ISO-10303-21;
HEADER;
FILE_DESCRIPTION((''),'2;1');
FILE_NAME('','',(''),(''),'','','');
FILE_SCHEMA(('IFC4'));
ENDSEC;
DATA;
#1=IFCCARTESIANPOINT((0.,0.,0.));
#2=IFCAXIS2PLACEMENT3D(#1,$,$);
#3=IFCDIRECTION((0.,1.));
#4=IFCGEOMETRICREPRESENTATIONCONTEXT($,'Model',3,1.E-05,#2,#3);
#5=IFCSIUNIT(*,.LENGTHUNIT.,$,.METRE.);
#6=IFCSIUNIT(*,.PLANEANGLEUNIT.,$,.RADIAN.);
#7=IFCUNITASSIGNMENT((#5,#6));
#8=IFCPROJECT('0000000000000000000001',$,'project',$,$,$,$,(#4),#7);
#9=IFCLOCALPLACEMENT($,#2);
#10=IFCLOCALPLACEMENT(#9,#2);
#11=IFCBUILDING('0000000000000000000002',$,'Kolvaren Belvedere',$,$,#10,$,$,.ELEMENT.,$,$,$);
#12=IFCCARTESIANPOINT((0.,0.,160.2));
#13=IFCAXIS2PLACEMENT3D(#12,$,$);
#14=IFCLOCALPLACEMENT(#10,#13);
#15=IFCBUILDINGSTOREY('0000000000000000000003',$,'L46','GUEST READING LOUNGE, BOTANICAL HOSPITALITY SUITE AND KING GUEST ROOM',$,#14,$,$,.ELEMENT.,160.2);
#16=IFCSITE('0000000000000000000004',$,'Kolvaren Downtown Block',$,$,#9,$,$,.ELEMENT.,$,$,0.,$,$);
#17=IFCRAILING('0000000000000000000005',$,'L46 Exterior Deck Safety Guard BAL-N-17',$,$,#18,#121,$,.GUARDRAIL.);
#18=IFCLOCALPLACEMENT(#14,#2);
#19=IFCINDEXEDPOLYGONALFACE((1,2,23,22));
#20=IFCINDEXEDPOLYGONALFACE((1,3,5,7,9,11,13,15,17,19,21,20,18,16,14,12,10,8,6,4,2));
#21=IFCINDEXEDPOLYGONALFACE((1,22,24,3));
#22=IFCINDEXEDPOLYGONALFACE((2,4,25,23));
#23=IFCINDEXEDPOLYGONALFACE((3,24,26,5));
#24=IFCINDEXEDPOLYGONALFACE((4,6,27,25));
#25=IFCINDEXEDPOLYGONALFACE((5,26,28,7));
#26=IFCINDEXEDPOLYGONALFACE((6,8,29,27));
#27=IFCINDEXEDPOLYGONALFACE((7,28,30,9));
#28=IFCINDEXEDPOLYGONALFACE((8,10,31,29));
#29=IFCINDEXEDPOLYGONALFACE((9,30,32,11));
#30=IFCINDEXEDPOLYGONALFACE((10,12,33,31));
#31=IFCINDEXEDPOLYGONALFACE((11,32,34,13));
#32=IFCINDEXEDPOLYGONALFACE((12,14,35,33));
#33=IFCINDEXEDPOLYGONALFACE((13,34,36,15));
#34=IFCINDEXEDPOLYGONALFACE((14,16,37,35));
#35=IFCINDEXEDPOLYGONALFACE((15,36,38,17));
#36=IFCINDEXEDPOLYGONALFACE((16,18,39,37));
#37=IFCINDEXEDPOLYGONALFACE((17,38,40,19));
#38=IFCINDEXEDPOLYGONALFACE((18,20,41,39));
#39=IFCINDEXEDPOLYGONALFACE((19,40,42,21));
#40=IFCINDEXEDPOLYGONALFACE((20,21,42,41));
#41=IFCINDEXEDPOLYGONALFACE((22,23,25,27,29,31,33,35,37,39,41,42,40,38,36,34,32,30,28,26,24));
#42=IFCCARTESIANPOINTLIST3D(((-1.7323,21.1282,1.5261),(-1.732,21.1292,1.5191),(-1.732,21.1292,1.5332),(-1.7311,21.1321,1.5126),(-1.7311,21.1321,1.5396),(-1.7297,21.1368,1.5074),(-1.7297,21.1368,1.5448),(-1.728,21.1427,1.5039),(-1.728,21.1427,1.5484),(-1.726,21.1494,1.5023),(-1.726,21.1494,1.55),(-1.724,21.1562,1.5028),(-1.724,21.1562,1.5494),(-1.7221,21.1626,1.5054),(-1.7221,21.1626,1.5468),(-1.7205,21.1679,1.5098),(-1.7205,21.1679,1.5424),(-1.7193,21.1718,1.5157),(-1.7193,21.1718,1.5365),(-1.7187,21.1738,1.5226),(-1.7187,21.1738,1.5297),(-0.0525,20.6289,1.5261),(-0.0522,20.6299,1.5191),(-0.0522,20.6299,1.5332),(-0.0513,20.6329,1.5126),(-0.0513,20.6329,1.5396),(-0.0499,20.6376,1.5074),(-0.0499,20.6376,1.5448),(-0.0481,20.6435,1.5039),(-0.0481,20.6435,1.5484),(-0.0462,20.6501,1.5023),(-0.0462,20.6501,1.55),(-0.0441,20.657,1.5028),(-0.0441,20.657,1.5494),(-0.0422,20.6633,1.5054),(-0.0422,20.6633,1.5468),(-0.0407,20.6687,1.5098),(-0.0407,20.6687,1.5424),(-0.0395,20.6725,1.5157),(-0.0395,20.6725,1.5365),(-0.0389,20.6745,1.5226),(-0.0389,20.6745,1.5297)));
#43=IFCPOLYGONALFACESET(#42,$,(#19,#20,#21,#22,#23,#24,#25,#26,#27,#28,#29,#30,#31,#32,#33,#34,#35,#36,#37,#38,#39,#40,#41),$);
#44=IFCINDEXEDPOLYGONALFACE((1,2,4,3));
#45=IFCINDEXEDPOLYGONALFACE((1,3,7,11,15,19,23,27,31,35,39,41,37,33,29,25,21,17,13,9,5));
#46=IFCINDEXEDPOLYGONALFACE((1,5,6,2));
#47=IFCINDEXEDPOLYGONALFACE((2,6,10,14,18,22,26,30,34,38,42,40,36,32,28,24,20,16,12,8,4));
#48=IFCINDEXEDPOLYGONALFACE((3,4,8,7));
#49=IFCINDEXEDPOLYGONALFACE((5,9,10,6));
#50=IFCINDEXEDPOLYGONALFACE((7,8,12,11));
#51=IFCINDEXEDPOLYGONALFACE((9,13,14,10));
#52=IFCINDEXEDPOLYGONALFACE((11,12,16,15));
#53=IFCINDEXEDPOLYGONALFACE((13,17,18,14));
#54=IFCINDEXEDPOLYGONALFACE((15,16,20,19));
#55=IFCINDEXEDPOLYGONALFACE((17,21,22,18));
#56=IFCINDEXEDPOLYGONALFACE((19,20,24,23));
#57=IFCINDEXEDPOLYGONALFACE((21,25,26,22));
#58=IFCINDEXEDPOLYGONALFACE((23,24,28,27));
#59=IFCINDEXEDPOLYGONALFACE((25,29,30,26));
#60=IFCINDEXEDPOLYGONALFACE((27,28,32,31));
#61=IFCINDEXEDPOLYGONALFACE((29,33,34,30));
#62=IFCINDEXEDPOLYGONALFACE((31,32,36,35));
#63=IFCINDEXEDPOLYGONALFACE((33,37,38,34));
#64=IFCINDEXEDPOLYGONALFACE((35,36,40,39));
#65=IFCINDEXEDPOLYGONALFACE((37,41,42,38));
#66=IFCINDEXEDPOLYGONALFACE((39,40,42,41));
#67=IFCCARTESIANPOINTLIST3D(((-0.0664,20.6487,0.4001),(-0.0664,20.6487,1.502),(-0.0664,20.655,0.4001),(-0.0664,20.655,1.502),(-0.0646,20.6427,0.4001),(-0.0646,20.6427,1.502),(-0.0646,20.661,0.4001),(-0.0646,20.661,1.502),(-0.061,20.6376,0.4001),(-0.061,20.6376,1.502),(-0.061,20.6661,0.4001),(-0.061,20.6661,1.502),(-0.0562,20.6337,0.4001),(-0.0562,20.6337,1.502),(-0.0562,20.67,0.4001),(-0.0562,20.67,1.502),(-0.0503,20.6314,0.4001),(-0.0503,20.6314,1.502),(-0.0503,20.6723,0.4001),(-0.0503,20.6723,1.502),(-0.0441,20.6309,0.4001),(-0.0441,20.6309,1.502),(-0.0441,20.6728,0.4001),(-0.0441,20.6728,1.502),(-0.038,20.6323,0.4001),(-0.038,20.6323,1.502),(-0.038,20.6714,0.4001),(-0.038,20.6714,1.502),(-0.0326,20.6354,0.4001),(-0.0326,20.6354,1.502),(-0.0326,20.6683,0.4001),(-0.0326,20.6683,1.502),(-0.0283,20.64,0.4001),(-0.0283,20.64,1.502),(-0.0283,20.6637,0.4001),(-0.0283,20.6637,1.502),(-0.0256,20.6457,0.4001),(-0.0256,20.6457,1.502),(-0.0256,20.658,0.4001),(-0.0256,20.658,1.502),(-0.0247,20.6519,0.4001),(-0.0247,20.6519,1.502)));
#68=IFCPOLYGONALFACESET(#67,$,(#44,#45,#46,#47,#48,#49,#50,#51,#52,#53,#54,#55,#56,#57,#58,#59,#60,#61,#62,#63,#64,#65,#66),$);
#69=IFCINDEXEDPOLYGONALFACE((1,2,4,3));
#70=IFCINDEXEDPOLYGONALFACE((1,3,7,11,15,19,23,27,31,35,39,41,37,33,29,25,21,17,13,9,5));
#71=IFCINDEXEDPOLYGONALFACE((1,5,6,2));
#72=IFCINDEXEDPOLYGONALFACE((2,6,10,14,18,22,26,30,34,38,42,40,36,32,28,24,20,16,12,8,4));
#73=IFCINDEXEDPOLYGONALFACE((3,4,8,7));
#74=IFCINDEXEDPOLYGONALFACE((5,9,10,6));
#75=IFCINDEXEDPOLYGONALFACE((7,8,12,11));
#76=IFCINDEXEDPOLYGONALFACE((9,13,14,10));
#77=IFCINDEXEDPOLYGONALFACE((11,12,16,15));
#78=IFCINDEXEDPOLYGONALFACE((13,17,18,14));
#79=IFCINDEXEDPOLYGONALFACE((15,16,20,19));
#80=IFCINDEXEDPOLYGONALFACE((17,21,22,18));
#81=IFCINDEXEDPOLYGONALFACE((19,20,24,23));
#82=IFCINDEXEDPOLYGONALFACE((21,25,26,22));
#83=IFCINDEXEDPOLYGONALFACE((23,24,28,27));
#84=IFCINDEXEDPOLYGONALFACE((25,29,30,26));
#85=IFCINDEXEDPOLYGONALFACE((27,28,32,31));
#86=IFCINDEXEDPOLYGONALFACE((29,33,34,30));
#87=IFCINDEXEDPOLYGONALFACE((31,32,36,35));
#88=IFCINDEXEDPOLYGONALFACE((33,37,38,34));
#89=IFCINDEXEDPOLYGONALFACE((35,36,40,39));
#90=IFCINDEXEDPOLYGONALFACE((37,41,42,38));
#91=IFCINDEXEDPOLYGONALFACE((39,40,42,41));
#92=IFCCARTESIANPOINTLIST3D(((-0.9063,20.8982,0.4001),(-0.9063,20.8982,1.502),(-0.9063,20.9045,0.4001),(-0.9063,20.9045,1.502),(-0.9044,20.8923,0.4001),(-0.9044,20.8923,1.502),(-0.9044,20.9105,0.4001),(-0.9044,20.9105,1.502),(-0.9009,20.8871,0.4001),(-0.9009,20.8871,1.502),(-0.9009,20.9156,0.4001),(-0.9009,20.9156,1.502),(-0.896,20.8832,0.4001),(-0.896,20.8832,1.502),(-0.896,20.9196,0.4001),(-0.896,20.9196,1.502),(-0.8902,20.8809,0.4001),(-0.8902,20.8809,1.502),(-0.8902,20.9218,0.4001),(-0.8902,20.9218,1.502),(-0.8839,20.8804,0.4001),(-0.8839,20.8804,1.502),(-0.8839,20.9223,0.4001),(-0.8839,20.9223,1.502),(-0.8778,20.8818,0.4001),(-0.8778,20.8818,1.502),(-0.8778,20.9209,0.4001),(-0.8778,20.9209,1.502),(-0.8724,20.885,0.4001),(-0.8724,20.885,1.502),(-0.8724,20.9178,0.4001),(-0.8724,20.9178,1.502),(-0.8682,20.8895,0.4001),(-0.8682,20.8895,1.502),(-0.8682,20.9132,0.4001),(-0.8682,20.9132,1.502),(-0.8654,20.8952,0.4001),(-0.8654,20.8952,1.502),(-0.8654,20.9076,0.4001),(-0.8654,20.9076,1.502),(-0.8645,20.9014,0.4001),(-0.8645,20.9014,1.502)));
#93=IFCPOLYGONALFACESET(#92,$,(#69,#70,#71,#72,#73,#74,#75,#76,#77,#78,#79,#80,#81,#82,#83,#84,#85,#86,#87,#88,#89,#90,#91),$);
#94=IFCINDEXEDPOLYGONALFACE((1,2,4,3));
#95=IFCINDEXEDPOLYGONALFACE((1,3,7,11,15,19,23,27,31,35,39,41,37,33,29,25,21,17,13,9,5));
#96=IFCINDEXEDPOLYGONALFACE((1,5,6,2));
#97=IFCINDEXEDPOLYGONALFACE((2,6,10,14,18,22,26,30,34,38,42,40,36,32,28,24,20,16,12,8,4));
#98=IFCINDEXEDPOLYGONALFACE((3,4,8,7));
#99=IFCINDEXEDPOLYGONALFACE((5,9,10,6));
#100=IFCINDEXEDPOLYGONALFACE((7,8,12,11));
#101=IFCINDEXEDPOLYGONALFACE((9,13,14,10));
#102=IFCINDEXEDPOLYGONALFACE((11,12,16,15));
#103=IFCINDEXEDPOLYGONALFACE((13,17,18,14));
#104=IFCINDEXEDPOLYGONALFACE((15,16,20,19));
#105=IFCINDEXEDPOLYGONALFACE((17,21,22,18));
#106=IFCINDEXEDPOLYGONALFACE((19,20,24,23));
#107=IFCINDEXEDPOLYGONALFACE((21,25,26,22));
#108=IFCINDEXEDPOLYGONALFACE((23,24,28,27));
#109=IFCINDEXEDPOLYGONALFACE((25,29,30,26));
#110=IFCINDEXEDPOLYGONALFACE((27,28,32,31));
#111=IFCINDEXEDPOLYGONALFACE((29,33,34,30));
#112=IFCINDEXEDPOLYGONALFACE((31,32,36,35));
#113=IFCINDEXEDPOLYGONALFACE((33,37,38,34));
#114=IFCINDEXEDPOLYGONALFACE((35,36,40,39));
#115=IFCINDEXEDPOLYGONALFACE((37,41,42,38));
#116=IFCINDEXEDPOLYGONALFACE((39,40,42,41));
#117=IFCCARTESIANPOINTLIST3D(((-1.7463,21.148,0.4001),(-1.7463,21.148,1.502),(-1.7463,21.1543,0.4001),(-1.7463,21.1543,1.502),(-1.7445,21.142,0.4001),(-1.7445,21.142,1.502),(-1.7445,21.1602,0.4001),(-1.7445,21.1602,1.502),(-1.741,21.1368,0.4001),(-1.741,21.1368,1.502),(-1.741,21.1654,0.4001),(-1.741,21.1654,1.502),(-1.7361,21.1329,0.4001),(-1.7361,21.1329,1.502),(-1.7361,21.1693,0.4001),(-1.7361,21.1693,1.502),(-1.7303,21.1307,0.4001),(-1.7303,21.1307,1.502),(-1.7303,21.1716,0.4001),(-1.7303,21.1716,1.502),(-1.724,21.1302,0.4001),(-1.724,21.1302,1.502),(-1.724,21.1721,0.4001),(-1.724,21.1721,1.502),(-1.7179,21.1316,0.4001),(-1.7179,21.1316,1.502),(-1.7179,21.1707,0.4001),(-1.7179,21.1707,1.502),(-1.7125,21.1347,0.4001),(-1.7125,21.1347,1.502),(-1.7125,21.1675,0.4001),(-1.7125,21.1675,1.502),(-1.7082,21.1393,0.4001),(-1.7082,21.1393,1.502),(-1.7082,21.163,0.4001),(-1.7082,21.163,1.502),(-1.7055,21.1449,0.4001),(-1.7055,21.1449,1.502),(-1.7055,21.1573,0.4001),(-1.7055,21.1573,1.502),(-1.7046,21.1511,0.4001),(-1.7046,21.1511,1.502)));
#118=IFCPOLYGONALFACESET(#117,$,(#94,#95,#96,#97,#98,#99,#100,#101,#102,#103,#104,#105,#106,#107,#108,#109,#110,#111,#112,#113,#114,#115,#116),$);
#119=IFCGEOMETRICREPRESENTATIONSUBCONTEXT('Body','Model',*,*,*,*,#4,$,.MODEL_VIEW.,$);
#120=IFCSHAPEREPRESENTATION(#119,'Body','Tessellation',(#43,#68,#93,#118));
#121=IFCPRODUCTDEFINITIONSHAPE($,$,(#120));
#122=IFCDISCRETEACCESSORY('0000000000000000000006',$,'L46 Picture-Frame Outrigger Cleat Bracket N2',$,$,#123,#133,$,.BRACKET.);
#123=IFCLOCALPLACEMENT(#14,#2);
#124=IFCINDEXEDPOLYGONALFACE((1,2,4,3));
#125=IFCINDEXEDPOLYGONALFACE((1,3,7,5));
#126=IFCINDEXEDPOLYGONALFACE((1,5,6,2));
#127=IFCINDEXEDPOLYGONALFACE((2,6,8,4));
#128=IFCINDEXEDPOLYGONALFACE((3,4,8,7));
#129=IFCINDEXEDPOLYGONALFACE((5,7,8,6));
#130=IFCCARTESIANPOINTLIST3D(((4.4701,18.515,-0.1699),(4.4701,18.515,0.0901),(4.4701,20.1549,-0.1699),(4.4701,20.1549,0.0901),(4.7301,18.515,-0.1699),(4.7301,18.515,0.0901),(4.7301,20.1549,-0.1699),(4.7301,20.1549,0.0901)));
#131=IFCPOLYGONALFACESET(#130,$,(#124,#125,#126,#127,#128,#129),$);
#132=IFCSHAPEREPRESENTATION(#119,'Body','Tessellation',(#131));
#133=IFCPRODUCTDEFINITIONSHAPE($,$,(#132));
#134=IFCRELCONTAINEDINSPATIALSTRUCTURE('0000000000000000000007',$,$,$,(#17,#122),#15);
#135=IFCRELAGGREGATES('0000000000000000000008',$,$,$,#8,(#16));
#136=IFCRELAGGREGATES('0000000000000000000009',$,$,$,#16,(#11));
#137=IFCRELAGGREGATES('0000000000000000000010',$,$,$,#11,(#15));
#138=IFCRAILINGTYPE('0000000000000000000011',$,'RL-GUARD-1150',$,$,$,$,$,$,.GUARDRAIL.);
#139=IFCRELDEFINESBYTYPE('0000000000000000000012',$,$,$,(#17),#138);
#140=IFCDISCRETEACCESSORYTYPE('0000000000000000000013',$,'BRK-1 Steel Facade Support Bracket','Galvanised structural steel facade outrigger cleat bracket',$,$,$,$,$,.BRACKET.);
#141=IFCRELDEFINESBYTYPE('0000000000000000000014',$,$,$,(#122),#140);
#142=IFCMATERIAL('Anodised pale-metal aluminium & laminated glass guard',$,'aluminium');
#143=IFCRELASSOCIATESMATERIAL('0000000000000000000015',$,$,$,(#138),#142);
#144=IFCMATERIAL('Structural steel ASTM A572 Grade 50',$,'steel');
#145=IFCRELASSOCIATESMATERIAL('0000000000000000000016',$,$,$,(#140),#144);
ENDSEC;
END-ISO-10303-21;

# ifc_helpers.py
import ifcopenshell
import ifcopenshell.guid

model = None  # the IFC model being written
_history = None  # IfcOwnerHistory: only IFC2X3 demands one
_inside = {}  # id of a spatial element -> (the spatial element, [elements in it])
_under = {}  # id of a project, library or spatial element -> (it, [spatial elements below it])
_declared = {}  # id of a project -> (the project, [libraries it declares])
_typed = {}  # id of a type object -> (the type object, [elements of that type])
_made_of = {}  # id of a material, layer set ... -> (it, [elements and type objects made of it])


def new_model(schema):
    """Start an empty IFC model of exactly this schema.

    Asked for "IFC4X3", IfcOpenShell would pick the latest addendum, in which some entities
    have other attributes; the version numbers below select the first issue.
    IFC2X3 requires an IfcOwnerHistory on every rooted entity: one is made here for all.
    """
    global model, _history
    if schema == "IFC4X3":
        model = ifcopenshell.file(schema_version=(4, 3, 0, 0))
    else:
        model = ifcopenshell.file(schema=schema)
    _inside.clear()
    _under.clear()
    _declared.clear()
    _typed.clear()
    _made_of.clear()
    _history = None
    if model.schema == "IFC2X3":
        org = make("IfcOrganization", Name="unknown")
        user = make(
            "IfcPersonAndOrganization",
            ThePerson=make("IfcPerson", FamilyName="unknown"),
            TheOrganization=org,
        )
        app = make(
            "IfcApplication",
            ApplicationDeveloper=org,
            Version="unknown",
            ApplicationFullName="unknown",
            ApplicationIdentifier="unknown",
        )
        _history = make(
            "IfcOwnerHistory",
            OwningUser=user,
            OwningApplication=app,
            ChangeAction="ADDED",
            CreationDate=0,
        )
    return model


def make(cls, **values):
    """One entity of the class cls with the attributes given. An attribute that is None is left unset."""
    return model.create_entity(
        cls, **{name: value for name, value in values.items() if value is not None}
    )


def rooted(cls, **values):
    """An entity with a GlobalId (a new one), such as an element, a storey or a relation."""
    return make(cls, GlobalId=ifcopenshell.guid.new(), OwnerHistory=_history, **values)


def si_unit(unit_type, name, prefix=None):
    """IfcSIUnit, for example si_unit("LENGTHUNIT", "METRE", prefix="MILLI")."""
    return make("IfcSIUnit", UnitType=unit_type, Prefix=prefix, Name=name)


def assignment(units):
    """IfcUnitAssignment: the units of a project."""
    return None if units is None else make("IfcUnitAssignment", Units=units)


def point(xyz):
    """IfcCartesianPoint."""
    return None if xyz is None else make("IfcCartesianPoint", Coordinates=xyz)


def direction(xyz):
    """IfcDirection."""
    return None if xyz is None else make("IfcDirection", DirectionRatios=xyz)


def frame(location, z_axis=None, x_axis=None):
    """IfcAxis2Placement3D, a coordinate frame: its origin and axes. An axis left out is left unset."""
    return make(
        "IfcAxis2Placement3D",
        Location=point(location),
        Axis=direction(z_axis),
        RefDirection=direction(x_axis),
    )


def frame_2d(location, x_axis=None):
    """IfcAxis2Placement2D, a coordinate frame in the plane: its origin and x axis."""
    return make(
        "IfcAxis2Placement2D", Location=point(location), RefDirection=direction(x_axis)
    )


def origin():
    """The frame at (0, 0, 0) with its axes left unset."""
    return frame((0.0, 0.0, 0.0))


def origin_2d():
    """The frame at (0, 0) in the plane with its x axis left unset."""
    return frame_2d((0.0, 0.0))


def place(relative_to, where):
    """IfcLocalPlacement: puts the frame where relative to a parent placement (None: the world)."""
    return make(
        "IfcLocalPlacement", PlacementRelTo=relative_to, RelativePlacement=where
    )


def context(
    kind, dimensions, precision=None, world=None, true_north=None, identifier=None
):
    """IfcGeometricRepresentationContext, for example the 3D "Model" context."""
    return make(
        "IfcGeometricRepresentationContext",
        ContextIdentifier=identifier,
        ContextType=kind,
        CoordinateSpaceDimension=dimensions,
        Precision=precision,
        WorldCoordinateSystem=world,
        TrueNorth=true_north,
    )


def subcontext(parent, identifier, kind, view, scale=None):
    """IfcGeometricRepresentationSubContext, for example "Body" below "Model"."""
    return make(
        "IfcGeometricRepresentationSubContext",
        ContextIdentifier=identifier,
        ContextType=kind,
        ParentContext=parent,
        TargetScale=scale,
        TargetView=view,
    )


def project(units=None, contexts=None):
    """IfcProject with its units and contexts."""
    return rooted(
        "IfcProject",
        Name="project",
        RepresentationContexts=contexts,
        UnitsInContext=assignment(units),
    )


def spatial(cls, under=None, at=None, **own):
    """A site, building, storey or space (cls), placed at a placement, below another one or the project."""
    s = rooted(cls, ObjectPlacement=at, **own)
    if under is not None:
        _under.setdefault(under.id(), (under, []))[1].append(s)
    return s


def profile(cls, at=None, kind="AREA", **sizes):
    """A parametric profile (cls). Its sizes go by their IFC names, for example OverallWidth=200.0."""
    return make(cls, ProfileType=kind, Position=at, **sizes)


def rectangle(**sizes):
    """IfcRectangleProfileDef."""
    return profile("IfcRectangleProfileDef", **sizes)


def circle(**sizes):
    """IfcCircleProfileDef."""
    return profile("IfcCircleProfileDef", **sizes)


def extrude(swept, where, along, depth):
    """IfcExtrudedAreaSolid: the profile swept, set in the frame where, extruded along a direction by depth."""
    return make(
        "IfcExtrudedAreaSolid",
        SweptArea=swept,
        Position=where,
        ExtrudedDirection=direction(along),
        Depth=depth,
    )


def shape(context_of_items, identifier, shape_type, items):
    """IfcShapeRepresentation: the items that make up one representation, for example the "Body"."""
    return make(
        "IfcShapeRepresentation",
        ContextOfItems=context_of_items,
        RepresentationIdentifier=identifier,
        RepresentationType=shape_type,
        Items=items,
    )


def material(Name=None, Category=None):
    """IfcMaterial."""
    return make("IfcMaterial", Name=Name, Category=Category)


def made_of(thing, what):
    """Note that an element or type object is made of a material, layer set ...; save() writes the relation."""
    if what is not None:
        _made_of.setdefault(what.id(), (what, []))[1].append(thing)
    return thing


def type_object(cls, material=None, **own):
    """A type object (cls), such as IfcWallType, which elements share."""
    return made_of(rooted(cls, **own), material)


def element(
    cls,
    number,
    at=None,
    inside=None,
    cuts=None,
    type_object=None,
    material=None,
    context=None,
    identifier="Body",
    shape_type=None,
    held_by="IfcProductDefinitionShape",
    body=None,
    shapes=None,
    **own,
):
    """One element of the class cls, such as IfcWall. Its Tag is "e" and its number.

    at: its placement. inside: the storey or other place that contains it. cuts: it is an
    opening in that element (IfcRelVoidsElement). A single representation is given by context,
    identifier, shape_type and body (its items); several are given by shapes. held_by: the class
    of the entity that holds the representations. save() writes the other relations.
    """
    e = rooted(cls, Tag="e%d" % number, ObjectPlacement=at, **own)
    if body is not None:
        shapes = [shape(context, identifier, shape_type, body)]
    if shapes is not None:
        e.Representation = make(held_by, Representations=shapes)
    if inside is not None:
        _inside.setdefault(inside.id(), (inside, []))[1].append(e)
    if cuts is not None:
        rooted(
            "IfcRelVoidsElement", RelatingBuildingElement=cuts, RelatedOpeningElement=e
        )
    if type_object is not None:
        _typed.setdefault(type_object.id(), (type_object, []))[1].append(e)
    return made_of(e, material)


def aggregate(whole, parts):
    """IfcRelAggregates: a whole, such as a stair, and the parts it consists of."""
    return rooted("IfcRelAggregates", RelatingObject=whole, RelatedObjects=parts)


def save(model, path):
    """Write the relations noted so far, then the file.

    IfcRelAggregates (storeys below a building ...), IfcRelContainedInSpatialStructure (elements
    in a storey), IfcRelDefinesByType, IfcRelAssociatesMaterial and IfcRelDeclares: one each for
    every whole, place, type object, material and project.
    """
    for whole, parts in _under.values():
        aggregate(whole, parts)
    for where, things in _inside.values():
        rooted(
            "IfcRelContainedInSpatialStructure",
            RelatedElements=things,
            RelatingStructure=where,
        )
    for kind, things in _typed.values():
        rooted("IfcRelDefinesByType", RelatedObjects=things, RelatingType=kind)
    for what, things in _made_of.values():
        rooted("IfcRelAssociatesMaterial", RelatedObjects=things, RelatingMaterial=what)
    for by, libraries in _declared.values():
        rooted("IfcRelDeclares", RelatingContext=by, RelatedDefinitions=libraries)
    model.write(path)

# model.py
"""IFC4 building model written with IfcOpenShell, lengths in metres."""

from ifc_helpers import new_model, si_unit, direction, frame, origin, origin_2d, place, context, subcontext, project, spatial, rectangle, circle, extrude, material, type_object, element, save


model = new_model("IFC4")

# Units and contexts
model_context = context("Model", 3, precision=1e-05, world=origin(), true_north=direction((0.0, 1.0)))
body_context = subcontext(model_context, "Body", "Model", "MODEL_VIEW")
ifc_project = project(units=[si_unit("LENGTHUNIT", "METRE"), si_unit("PLANEANGLEUNIT", "RADIAN")], contexts=[model_context])

# Site, building, storey
site_placement = place(None, origin())
site = spatial("IfcSite", under=ifc_project, at=site_placement, Name="Kolvaren Downtown Block", CompositionType="ELEMENT", RefElevation=0.0)
building_placement = place(site_placement, origin())
building = spatial("IfcBuilding", under=site, at=building_placement, Name="Kolvaren Belvedere", CompositionType="ELEMENT")
storey_placement = place(building_placement, frame((0.0, 0.0, 160.2)))
storey = spatial("IfcBuildingStorey", under=building, at=storey_placement, Name="L46", Description="GUEST READING LOUNGE, BOTANICAL HOSPITALITY SUITE AND KING GUEST ROOM", CompositionType="ELEMENT", Elevation=160.2)

# Railing
ifc_material_1 = material(Name="Anodised pale-metal aluminium & laminated glass guard", Category="aluminium")
railing_type = type_object("IfcRailingType", Name="RL-GUARD-1150", PredefinedType="GUARDRAIL", material=ifc_material_1)
railing_1_placement = place(storey_placement, frame((-0.0457, 20.6519, 0.4001)))
element("IfcRailing", 1, at=railing_1_placement, inside=storey, type_object=railing_type, Name="L46 Exterior Deck Safety Guard BAL-N-17", PredefinedType="GUARDRAIL", context=body_context, shape_type="SweptSolid", body=[
    extrude(circle(Radius=0.0239, at=origin_2d()), frame((0.0, 0.0, 1.126), z_axis=(-0.958563, 0.28488, 0.0), x_axis=(-0.28488, -0.958563, 0.0)), (0.0, 0.0, 1.0), 1.7524),
    extrude(circle(Radius=0.021, at=origin_2d()), origin(), (0.0, 0.0, 1.0), 1.1018),
    extrude(circle(Radius=0.021, at=origin_2d()), frame((-0.8398, 0.2495, 0.0)), (0.0, 0.0, 1.0), 1.1018),
    extrude(circle(Radius=0.021, at=origin_2d()), frame((-1.6799, 0.4993, 0.0)), (0.0, 0.0, 1.0), 1.1018),
])

# Discrete accessory
ifc_material_2 = material(Name="Structural steel ASTM A572 Grade 50", Category="steel")
discrete_accessory_type = type_object("IfcDiscreteAccessoryType", Name="BRK-1 Steel Facade Support Bracket", Description="Galvanised structural steel facade outrigger cleat bracket", PredefinedType="BRACKET", material=ifc_material_2)
discrete_accessory_placement = place(storey_placement, frame((4.6001, 19.335, -0.1699), z_axis=(0.0, 0.0, 1.0), x_axis=(0.0, 1.0, 0.0)))
element("IfcDiscreteAccessory", 2, at=discrete_accessory_placement, inside=storey, type_object=discrete_accessory_type, Name="L46 Picture-Frame Outrigger Cleat Bracket N2", PredefinedType="BRACKET", context=body_context, shape_type="SweptSolid", body=[
    extrude(rectangle(XDim=1.6399, YDim=0.26, at=origin_2d()), origin(), (0.0, 0.0, 1.0), 0.26),
])

save(model, "model.ifc")
